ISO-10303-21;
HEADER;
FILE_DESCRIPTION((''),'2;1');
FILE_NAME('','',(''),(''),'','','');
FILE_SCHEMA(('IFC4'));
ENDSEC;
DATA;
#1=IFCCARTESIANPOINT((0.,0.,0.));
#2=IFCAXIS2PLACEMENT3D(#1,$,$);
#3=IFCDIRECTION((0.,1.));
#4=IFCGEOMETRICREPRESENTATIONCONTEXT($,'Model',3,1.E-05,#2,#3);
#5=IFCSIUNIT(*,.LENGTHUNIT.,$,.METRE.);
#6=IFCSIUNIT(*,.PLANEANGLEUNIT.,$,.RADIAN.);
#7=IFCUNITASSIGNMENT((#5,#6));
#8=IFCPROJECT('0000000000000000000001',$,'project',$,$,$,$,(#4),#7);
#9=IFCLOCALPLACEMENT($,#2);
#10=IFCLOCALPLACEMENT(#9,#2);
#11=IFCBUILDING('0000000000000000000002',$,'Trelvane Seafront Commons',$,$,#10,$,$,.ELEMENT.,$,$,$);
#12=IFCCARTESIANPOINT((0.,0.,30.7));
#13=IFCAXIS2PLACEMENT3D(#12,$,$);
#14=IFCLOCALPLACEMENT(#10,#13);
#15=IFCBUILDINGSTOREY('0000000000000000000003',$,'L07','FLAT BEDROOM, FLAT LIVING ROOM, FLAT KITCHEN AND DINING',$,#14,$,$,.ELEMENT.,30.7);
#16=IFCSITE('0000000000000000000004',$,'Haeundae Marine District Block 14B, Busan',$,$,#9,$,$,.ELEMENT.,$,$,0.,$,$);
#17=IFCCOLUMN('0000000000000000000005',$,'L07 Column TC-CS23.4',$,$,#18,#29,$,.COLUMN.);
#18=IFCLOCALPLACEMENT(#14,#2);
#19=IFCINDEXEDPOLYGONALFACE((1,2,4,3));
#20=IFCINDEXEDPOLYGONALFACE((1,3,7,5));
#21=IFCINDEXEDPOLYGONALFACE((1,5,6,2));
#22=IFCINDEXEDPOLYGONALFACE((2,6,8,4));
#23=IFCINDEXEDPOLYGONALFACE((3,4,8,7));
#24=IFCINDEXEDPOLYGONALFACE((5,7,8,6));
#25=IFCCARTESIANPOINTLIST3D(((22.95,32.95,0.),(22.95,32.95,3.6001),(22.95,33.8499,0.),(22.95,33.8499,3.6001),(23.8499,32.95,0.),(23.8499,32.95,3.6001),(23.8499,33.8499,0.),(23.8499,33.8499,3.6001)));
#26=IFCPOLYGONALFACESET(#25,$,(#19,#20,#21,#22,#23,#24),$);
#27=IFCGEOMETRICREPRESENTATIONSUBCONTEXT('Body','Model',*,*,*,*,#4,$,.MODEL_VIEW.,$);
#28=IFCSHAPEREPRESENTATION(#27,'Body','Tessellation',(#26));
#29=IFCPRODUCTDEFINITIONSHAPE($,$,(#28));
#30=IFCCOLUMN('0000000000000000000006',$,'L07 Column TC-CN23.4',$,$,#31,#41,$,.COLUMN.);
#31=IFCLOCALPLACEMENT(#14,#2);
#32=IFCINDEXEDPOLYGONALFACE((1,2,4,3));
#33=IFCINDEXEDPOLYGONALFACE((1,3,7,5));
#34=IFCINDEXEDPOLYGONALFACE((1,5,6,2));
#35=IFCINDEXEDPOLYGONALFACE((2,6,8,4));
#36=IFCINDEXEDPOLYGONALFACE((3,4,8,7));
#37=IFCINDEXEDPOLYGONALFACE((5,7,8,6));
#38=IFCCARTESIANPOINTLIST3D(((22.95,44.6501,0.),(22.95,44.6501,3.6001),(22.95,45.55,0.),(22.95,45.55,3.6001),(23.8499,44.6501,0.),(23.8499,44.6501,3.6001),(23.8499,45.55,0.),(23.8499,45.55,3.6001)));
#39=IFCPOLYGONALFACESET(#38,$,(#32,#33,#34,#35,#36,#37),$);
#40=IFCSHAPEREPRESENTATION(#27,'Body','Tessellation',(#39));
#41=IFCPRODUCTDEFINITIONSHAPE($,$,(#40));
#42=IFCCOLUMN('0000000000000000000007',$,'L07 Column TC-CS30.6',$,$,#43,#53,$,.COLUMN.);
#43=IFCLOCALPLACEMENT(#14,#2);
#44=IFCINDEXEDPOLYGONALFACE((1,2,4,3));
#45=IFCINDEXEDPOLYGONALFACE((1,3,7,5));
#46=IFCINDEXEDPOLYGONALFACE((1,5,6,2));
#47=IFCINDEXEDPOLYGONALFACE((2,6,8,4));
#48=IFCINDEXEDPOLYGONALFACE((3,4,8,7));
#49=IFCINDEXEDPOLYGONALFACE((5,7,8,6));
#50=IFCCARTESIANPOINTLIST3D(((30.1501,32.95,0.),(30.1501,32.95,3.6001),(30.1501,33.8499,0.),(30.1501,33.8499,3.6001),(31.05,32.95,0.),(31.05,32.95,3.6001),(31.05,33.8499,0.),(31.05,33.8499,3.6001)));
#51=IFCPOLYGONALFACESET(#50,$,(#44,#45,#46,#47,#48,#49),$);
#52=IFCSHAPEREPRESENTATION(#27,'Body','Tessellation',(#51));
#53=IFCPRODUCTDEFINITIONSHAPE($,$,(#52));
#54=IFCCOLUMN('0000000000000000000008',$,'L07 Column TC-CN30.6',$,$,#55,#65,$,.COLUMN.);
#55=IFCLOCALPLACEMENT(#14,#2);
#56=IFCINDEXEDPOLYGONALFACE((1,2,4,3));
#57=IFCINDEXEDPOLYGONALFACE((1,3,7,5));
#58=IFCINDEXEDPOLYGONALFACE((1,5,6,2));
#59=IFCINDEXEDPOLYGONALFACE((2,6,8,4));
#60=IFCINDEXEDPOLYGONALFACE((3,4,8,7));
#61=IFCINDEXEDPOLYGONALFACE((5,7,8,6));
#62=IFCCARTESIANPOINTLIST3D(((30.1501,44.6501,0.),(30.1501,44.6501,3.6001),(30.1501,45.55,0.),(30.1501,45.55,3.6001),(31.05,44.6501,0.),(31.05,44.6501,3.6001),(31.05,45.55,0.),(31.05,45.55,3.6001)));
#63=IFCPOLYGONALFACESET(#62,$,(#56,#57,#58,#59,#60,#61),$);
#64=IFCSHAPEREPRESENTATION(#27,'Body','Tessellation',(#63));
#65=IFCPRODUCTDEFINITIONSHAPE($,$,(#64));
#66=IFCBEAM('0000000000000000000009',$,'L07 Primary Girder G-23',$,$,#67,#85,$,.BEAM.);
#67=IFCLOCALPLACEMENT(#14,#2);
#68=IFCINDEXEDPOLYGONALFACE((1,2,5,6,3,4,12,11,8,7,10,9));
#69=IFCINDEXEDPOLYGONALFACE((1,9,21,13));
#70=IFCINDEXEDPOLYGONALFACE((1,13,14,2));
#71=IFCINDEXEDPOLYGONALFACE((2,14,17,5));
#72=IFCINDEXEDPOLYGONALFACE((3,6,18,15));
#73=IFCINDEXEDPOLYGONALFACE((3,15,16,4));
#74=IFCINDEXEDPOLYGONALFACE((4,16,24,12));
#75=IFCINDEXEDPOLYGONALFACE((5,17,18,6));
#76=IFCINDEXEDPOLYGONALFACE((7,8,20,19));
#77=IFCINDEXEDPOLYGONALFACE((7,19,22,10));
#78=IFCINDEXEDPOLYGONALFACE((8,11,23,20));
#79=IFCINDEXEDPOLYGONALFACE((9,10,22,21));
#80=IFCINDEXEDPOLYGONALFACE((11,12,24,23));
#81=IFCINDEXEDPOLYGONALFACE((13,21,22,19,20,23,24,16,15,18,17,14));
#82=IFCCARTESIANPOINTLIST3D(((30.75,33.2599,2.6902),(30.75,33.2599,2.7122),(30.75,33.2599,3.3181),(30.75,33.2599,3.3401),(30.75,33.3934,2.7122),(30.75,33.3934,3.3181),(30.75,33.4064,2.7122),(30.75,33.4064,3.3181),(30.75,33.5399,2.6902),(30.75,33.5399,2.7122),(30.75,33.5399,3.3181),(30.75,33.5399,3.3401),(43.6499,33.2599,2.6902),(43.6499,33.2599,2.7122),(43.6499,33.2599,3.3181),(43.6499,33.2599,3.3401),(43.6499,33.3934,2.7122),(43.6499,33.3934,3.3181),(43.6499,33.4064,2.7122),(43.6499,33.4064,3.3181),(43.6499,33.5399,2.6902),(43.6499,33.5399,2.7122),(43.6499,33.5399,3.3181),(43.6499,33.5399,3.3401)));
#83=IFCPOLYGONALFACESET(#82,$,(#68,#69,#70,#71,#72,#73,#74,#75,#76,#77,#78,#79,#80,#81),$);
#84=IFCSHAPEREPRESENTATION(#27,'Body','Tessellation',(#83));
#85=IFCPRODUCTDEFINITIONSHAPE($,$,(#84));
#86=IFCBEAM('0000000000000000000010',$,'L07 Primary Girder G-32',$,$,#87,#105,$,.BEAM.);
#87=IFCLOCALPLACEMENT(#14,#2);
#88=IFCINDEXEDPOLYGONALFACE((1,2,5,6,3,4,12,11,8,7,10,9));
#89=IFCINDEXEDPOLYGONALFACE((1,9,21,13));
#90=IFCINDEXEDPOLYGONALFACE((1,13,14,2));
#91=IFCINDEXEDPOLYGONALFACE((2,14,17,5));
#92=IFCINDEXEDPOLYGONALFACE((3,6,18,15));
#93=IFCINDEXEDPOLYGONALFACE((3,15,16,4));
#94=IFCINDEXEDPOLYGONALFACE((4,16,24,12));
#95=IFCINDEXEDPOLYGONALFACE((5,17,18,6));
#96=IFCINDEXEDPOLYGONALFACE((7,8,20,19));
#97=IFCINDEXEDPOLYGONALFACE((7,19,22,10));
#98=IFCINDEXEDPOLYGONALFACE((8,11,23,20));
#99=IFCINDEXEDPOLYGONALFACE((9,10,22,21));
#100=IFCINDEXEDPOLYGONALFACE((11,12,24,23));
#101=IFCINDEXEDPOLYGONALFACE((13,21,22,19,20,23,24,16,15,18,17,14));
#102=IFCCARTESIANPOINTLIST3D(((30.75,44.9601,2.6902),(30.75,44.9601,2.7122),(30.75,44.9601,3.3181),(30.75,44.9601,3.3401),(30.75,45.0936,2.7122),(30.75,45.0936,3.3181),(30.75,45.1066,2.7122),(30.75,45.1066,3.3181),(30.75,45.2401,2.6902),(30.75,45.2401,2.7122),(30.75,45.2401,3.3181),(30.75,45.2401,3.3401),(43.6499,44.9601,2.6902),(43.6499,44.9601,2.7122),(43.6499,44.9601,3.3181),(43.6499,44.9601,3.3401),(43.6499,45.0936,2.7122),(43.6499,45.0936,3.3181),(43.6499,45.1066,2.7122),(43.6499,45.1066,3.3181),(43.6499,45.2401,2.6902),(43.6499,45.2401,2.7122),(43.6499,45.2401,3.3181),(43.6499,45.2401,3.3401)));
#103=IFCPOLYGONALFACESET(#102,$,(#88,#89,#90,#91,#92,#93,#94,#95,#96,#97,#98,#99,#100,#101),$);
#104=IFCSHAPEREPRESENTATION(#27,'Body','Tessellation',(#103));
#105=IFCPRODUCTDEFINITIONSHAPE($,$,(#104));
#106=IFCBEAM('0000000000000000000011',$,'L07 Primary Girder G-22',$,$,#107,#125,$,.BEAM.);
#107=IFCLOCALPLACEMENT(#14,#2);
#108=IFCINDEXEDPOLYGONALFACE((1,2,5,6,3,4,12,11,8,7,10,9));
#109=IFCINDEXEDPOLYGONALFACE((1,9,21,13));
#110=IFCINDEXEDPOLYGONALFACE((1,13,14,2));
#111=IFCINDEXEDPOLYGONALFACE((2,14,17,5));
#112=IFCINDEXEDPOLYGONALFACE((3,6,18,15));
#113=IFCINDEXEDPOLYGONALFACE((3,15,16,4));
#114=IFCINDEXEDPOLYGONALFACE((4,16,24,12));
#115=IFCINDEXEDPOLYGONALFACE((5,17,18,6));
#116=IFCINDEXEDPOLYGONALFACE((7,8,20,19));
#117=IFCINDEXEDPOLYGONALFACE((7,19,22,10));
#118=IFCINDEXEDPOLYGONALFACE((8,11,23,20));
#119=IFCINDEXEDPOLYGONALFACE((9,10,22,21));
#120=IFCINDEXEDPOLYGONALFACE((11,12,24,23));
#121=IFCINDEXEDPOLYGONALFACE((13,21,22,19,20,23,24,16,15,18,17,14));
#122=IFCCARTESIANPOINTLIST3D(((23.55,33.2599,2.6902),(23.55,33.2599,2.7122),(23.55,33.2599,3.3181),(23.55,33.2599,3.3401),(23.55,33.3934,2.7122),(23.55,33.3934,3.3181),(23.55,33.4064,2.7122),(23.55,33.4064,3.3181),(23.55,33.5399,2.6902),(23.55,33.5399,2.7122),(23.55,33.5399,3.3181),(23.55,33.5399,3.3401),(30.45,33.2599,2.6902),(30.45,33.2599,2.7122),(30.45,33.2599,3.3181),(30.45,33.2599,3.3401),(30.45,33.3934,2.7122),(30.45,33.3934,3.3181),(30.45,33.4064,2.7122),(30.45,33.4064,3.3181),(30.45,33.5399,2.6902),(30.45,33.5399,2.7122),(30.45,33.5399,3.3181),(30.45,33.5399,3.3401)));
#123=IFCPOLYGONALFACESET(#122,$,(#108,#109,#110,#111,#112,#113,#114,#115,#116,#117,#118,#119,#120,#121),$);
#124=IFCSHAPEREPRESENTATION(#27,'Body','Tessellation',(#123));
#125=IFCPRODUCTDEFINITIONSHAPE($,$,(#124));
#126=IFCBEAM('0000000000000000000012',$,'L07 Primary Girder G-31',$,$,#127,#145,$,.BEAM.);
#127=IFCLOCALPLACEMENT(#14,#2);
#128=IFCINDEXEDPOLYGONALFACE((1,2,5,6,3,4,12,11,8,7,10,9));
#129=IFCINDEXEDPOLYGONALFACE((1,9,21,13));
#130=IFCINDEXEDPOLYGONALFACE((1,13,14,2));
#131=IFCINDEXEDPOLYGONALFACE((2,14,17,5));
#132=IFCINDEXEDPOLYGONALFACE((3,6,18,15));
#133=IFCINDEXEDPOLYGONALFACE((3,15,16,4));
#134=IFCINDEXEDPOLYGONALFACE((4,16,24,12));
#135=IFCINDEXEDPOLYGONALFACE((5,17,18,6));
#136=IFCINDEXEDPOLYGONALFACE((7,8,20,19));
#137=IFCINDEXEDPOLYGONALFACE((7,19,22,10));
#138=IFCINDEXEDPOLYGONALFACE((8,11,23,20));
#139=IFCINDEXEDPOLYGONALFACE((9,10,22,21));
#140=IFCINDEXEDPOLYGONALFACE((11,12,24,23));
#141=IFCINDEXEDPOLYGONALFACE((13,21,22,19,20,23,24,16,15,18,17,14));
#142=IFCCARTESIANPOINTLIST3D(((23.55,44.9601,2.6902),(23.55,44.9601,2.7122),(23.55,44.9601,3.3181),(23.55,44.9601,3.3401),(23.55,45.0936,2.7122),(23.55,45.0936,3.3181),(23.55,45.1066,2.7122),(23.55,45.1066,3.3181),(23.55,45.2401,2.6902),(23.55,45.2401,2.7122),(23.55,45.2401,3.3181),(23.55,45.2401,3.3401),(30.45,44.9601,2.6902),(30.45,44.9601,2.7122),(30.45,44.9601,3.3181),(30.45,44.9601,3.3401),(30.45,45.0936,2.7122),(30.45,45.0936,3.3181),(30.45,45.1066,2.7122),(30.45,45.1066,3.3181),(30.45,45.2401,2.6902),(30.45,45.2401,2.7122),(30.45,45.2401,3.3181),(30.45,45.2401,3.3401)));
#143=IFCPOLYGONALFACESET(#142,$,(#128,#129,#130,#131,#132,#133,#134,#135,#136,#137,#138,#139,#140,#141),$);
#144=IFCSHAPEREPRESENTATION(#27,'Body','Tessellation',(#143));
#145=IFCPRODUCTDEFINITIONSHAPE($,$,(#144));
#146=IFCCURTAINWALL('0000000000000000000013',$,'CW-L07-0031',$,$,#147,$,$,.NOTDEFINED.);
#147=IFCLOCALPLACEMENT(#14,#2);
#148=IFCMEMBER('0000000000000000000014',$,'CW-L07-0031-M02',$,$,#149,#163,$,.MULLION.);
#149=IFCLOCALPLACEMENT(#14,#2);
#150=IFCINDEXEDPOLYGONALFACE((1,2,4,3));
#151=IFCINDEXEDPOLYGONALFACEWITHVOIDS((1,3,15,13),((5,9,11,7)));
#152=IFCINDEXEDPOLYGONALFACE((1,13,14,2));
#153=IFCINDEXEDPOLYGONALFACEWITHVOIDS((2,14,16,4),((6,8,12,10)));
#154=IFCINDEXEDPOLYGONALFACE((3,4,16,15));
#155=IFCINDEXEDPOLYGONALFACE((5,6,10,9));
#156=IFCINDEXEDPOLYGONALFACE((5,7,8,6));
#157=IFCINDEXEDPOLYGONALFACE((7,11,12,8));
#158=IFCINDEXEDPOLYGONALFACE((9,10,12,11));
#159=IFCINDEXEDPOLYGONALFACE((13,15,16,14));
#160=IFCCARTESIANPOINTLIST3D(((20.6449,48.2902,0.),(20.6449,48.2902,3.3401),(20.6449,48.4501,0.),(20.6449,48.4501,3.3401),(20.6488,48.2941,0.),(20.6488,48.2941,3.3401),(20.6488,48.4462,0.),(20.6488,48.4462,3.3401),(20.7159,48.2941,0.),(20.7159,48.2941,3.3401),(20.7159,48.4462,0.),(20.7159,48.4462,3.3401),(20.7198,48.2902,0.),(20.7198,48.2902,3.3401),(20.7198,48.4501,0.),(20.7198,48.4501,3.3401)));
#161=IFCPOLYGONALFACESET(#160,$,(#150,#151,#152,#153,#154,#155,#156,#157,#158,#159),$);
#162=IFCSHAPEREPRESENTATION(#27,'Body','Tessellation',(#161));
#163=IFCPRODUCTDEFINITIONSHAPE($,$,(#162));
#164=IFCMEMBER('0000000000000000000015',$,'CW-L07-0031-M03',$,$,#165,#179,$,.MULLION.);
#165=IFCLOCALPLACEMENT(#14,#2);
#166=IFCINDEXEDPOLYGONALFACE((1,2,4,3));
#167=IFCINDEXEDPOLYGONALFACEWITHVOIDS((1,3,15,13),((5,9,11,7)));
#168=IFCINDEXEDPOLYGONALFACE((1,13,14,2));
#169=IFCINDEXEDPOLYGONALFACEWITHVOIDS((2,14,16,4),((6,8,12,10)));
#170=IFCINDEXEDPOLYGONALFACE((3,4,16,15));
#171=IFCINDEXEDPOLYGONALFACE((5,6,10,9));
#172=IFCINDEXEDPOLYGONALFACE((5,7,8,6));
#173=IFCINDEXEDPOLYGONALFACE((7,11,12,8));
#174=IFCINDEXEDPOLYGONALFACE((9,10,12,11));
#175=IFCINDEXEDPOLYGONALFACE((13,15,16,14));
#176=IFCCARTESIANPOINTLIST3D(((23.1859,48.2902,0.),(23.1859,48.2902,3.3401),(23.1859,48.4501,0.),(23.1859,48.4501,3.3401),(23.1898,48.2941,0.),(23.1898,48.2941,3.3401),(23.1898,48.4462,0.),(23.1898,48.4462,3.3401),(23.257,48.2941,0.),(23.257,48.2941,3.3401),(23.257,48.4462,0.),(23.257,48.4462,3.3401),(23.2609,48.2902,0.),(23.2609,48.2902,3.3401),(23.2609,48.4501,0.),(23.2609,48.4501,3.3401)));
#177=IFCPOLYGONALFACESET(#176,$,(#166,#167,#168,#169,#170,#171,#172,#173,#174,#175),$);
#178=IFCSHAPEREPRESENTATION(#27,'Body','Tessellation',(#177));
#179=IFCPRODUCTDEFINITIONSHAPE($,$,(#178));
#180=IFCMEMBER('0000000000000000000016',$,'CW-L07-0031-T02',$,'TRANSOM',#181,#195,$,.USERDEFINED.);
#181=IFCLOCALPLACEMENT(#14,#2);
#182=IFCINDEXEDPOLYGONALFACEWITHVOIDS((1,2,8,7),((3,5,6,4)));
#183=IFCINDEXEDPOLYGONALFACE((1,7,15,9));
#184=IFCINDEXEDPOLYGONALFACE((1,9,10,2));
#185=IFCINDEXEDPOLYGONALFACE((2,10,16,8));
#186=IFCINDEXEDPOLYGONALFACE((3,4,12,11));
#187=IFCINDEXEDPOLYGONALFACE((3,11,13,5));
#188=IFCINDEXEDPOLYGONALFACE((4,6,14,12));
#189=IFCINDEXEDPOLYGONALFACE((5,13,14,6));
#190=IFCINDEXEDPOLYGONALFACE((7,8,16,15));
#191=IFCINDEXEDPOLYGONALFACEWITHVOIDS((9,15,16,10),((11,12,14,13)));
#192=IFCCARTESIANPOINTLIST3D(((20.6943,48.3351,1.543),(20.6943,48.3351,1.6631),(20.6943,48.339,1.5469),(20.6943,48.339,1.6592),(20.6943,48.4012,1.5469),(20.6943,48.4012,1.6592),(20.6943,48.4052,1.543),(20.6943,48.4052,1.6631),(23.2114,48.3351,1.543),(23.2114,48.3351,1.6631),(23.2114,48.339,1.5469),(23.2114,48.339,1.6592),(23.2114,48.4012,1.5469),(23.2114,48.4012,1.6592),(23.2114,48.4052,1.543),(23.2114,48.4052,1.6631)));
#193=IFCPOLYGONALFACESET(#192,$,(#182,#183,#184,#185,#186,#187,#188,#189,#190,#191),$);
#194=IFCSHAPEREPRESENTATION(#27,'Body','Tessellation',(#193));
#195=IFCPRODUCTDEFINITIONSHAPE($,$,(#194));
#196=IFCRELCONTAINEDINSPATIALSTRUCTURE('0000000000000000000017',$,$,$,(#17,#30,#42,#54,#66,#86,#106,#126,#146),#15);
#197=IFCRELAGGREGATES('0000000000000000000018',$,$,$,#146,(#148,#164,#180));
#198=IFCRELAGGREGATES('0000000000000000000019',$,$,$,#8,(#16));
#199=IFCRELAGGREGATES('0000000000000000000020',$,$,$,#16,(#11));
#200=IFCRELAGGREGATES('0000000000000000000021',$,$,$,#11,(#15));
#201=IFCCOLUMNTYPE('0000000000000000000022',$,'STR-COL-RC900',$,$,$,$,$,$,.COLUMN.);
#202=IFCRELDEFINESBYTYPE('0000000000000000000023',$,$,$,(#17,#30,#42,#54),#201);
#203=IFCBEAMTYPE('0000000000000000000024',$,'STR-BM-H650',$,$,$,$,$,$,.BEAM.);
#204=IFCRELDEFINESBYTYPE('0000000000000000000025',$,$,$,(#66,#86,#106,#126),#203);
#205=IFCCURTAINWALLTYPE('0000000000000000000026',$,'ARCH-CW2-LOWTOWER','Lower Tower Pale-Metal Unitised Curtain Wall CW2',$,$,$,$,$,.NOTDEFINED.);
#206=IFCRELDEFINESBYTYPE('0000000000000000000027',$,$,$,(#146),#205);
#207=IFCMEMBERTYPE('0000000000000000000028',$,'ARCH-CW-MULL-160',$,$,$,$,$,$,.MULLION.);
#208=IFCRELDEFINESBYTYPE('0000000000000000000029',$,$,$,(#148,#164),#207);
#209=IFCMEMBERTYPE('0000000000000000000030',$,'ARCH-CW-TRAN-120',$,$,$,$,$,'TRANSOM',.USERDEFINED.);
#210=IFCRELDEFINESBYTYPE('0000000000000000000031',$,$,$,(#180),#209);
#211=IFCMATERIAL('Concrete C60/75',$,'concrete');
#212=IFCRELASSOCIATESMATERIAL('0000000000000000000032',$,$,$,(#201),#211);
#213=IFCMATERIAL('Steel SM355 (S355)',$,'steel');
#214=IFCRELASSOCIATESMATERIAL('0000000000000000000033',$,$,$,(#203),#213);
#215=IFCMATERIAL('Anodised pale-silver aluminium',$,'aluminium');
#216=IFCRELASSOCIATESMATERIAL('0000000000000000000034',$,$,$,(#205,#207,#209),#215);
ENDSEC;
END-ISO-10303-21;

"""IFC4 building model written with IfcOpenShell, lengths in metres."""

from ifc_helpers import new_model, si_unit, direction, frame, origin, origin_2d, place, context, subcontext, project, spatial, rectangle, hollow_rectangle, i_section, extrude, source, transform, mapped, material, material_profile, profile_set, type_object, element, aggregate, save


model = new_model("IFC4")

# Units and contexts
model_context = context("Model", 3, precision=1e-05, world=origin(), true_north=direction((0.0, 1.0)))
body_context = subcontext(model_context, "Body", "Model", "MODEL_VIEW")
ifc_project = project(units=[si_unit("LENGTHUNIT", "METRE"), si_unit("PLANEANGLEUNIT", "RADIAN")], contexts=[model_context])

# Site, building, storey
site_placement = place(None, origin())
site = spatial("IfcSite", under=ifc_project, at=site_placement, Name="Haeundae Marine District Block 14B, Busan", CompositionType="ELEMENT", RefElevation=0.0)
building_placement = place(site_placement, origin())
building = spatial("IfcBuilding", under=site, at=building_placement, Name="Trelvane Seafront Commons", CompositionType="ELEMENT")
storey_placement = place(building_placement, frame((0.0, 0.0, 30.7)))
storey = spatial("IfcBuildingStorey", under=building, at=storey_placement, Name="L07", Description="FLAT BEDROOM, FLAT LIVING ROOM, FLAT KITCHEN AND DINING", CompositionType="ELEMENT", Elevation=30.7)

# Columns
ifc_material_1 = material(Name="Concrete C60/75", Category="concrete")
ifc_material_profile_1 = material_profile(ifc_material_1, rectangle(XDim=0.8999, YDim=0.8999, at=origin_2d()), Name="RC-900x900")
ifc_profile_set_1 = profile_set([ifc_material_profile_1], Name="Concrete C60/75")
column_type = type_object("IfcColumnType", Name="STR-COL-RC900", PredefinedType="COLUMN", material=ifc_profile_set_1)
shared_shape_1 = source(origin(), body_context, "Body", "SweptSolid", [
    extrude(rectangle(XDim=0.8999, YDim=0.8999, at=origin_2d()), origin(), (0.0, 0.0, 1.0), 3.6001),
])
for number, where, z_axis, x_axis, name in (
    (1, (23.3999, 33.3999, 0.0), (0.0, 0.0, 1.0), (1.0, 0.0, 0.0), "L07 Column TC-CS23.4"),
    (2, (23.3999, 45.1001, 0.0), (0.0, 0.0, 1.0), (1.0, 0.0, 0.0), "L07 Column TC-CN23.4"),
    (3, (30.6001, 33.3999, 0.0), (0.0, 0.0, 1.0), (1.0, 0.0, 0.0), "L07 Column TC-CS30.6"),
    (4, (30.6001, 45.1001, 0.0), (0.0, 0.0, 1.0), (1.0, 0.0, 0.0), "L07 Column TC-CN30.6"),
):
    element("IfcColumn", number, at=place(storey_placement, frame(where, z_axis=z_axis, x_axis=x_axis)), inside=storey, type_object=column_type, Name=name, PredefinedType="COLUMN", context=body_context, shape_type="MappedRepresentation", body=[
        mapped(shared_shape_1, transform((0.0, 0.0, 0.0), x_axis=(1.0, 0.0, 0.0), y_axis=(0.0, 1.0, 0.0), z_axis=(0.0, 0.0, 1.0), scale=1.0)),
    ])

# Beams
ifc_material_2 = material(Name="Steel SM355 (S355)", Category="steel")
ifc_material_profile_2 = material_profile(ifc_material_2, i_section(OverallWidth=0.28, OverallDepth=0.6499, WebThickness=0.0129, FlangeThickness=0.022, at=origin_2d()), Name="H-650x280x13x22")
ifc_profile_set_2 = profile_set([ifc_material_profile_2], Name="Steel SM355 (S355)")
beam_type = type_object("IfcBeamType", Name="STR-BM-H650", PredefinedType="BEAM", material=ifc_profile_set_2)
shared_shape_2 = source(origin(), body_context, "Body", "SweptSolid", [
    extrude(i_section(OverallWidth=0.28, OverallDepth=0.6499, WebThickness=0.0129, FlangeThickness=0.022, at=origin_2d()), origin(), (0.0, 0.0, 1.0), 12.8999),
])
for number, where, z_axis, x_axis, name in (
    (5, (30.75, 33.3999, 3.0151), (1.0, 0.0, 0.0), (0.0, 1.0, 0.0), "L07 Primary Girder G-23"),
    (6, (30.75, 45.1001, 3.0151), (1.0, 0.0, 0.0), (0.0, 1.0, 0.0), "L07 Primary Girder G-32"),
):
    element("IfcBeam", number, at=place(storey_placement, frame(where, z_axis=z_axis, x_axis=x_axis)), inside=storey, type_object=beam_type, Name=name, PredefinedType="BEAM", context=body_context, shape_type="MappedRepresentation", body=[
        mapped(shared_shape_2, transform((0.0, 0.0, 0.0), x_axis=(1.0, 0.0, 0.0), y_axis=(0.0, 1.0, 0.0), z_axis=(0.0, 0.0, 1.0), scale=1.0)),
    ])
shared_shape_3 = source(origin(), body_context, "Body", "SweptSolid", [
    extrude(i_section(OverallWidth=0.28, OverallDepth=0.6499, WebThickness=0.0129, FlangeThickness=0.022, at=origin_2d()), origin(), (0.0, 0.0, 1.0), 6.8999),
])
for number, where, z_axis, x_axis, name in (
    (7, (23.55, 33.3999, 3.0151), (1.0, 0.0, 0.0), (0.0, 1.0, 0.0), "L07 Primary Girder G-22"),
    (8, (23.55, 45.1001, 3.0151), (1.0, 0.0, 0.0), (0.0, 1.0, 0.0), "L07 Primary Girder G-31"),
):
    element("IfcBeam", number, at=place(storey_placement, frame(where, z_axis=z_axis, x_axis=x_axis)), inside=storey, type_object=beam_type, Name=name, PredefinedType="BEAM", context=body_context, shape_type="MappedRepresentation", body=[
        mapped(shared_shape_3, transform((0.0, 0.0, 0.0), x_axis=(1.0, 0.0, 0.0), y_axis=(0.0, 1.0, 0.0), z_axis=(0.0, 0.0, 1.0), scale=1.0)),
    ])

# Curtain wall, members
ifc_material_3 = material(Name="Anodised pale-silver aluminium", Category="aluminium")
curtain_wall_type = type_object("IfcCurtainWallType", Name="ARCH-CW2-LOWTOWER", Description="Lower Tower Pale-Metal Unitised Curtain Wall CW2", PredefinedType="NOTDEFINED", material=ifc_material_3)
curtain_wall_placement = place(storey_placement, origin())
curtain_wall = element("IfcCurtainWall", 9, at=curtain_wall_placement, inside=storey, type_object=curtain_wall_type, Name="CW-L07-0031", PredefinedType="NOTDEFINED")
ifc_material_profile_3 = material_profile(ifc_material_3, hollow_rectangle(XDim=0.075, YDim=0.1599, WallThickness=0.0039, at=origin_2d()), Name="MULL-75x160x4")
ifc_profile_set_3 = profile_set([ifc_material_profile_3], Name="Anodised pale-silver aluminium")
member_type_1 = type_object("IfcMemberType", Name="ARCH-CW-MULL-160", PredefinedType="MULLION", material=ifc_profile_set_3)
shared_shape_4 = source(origin(), body_context, "Body", "SweptSolid", [
    extrude(hollow_rectangle(XDim=0.075, YDim=0.1599, WallThickness=0.0039, at=origin_2d()), origin(), (0.0, 0.0, 1.0), 3.3401),
])
member_1_placement = place(storey_placement, frame((20.6824, 48.3701, 0.0), z_axis=(0.0, 0.0, 1.0), x_axis=(1.0, 0.0, 0.0)))
member_1 = element("IfcMember", 10, at=member_1_placement, type_object=member_type_1, Name="CW-L07-0031-M02", PredefinedType="MULLION", context=body_context, shape_type="MappedRepresentation", body=[
    mapped(shared_shape_4, transform((0.0, 0.0, 0.0), x_axis=(1.0, 0.0, 0.0), y_axis=(0.0, 1.0, 0.0), z_axis=(0.0, 0.0, 1.0), scale=1.0)),
])
member_2_placement = place(storey_placement, frame((23.2234, 48.3701, 0.0), z_axis=(0.0, 0.0, 1.0), x_axis=(1.0, 0.0, 0.0)))
member_2 = element("IfcMember", 11, at=member_2_placement, type_object=member_type_1, Name="CW-L07-0031-M03", PredefinedType="MULLION", context=body_context, shape_type="MappedRepresentation", body=[
    mapped(shared_shape_4, transform((0.0, 0.0, 0.0), x_axis=(1.0, 0.0, 0.0), y_axis=(0.0, 1.0, 0.0), z_axis=(0.0, 0.0, 1.0), scale=1.0)),
])
ifc_material_profile_4 = material_profile(ifc_material_3, hollow_rectangle(XDim=0.0701, YDim=0.1201, WallThickness=0.0039, at=origin_2d()), Name="TRAN-70x120x4")
ifc_profile_set_4 = profile_set([ifc_material_profile_4], Name="Anodised pale-silver aluminium")
member_type_2 = type_object("IfcMemberType", Name="ARCH-CW-TRAN-120", ElementType="TRANSOM", PredefinedType="USERDEFINED", material=ifc_profile_set_4)
shared_shape_5 = source(origin(), body_context, "Body", "SweptSolid", [
    extrude(hollow_rectangle(XDim=0.0701, YDim=0.1201, WallThickness=0.0039, at=origin_2d()), origin(), (0.0, 0.0, 1.0), 2.5171),
])
member_3_placement = place(storey_placement, frame((20.6943, 48.3701, 1.603), z_axis=(1.0, 0.0, 0.0), x_axis=(0.0, 1.0, 0.0)))
member_3 = element("IfcMember", 12, at=member_3_placement, type_object=member_type_2, Name="CW-L07-0031-T02", ObjectType="TRANSOM", PredefinedType="USERDEFINED", context=body_context, shape_type="MappedRepresentation", body=[
    mapped(shared_shape_5, transform((0.0, 0.0, 0.0), x_axis=(1.0, 0.0, 0.0), y_axis=(0.0, 1.0, 0.0), z_axis=(0.0, 0.0, 1.0), scale=1.0)),
])
aggregate(curtain_wall, [member_1, member_2, member_3])

save(model, "model.ifc")
